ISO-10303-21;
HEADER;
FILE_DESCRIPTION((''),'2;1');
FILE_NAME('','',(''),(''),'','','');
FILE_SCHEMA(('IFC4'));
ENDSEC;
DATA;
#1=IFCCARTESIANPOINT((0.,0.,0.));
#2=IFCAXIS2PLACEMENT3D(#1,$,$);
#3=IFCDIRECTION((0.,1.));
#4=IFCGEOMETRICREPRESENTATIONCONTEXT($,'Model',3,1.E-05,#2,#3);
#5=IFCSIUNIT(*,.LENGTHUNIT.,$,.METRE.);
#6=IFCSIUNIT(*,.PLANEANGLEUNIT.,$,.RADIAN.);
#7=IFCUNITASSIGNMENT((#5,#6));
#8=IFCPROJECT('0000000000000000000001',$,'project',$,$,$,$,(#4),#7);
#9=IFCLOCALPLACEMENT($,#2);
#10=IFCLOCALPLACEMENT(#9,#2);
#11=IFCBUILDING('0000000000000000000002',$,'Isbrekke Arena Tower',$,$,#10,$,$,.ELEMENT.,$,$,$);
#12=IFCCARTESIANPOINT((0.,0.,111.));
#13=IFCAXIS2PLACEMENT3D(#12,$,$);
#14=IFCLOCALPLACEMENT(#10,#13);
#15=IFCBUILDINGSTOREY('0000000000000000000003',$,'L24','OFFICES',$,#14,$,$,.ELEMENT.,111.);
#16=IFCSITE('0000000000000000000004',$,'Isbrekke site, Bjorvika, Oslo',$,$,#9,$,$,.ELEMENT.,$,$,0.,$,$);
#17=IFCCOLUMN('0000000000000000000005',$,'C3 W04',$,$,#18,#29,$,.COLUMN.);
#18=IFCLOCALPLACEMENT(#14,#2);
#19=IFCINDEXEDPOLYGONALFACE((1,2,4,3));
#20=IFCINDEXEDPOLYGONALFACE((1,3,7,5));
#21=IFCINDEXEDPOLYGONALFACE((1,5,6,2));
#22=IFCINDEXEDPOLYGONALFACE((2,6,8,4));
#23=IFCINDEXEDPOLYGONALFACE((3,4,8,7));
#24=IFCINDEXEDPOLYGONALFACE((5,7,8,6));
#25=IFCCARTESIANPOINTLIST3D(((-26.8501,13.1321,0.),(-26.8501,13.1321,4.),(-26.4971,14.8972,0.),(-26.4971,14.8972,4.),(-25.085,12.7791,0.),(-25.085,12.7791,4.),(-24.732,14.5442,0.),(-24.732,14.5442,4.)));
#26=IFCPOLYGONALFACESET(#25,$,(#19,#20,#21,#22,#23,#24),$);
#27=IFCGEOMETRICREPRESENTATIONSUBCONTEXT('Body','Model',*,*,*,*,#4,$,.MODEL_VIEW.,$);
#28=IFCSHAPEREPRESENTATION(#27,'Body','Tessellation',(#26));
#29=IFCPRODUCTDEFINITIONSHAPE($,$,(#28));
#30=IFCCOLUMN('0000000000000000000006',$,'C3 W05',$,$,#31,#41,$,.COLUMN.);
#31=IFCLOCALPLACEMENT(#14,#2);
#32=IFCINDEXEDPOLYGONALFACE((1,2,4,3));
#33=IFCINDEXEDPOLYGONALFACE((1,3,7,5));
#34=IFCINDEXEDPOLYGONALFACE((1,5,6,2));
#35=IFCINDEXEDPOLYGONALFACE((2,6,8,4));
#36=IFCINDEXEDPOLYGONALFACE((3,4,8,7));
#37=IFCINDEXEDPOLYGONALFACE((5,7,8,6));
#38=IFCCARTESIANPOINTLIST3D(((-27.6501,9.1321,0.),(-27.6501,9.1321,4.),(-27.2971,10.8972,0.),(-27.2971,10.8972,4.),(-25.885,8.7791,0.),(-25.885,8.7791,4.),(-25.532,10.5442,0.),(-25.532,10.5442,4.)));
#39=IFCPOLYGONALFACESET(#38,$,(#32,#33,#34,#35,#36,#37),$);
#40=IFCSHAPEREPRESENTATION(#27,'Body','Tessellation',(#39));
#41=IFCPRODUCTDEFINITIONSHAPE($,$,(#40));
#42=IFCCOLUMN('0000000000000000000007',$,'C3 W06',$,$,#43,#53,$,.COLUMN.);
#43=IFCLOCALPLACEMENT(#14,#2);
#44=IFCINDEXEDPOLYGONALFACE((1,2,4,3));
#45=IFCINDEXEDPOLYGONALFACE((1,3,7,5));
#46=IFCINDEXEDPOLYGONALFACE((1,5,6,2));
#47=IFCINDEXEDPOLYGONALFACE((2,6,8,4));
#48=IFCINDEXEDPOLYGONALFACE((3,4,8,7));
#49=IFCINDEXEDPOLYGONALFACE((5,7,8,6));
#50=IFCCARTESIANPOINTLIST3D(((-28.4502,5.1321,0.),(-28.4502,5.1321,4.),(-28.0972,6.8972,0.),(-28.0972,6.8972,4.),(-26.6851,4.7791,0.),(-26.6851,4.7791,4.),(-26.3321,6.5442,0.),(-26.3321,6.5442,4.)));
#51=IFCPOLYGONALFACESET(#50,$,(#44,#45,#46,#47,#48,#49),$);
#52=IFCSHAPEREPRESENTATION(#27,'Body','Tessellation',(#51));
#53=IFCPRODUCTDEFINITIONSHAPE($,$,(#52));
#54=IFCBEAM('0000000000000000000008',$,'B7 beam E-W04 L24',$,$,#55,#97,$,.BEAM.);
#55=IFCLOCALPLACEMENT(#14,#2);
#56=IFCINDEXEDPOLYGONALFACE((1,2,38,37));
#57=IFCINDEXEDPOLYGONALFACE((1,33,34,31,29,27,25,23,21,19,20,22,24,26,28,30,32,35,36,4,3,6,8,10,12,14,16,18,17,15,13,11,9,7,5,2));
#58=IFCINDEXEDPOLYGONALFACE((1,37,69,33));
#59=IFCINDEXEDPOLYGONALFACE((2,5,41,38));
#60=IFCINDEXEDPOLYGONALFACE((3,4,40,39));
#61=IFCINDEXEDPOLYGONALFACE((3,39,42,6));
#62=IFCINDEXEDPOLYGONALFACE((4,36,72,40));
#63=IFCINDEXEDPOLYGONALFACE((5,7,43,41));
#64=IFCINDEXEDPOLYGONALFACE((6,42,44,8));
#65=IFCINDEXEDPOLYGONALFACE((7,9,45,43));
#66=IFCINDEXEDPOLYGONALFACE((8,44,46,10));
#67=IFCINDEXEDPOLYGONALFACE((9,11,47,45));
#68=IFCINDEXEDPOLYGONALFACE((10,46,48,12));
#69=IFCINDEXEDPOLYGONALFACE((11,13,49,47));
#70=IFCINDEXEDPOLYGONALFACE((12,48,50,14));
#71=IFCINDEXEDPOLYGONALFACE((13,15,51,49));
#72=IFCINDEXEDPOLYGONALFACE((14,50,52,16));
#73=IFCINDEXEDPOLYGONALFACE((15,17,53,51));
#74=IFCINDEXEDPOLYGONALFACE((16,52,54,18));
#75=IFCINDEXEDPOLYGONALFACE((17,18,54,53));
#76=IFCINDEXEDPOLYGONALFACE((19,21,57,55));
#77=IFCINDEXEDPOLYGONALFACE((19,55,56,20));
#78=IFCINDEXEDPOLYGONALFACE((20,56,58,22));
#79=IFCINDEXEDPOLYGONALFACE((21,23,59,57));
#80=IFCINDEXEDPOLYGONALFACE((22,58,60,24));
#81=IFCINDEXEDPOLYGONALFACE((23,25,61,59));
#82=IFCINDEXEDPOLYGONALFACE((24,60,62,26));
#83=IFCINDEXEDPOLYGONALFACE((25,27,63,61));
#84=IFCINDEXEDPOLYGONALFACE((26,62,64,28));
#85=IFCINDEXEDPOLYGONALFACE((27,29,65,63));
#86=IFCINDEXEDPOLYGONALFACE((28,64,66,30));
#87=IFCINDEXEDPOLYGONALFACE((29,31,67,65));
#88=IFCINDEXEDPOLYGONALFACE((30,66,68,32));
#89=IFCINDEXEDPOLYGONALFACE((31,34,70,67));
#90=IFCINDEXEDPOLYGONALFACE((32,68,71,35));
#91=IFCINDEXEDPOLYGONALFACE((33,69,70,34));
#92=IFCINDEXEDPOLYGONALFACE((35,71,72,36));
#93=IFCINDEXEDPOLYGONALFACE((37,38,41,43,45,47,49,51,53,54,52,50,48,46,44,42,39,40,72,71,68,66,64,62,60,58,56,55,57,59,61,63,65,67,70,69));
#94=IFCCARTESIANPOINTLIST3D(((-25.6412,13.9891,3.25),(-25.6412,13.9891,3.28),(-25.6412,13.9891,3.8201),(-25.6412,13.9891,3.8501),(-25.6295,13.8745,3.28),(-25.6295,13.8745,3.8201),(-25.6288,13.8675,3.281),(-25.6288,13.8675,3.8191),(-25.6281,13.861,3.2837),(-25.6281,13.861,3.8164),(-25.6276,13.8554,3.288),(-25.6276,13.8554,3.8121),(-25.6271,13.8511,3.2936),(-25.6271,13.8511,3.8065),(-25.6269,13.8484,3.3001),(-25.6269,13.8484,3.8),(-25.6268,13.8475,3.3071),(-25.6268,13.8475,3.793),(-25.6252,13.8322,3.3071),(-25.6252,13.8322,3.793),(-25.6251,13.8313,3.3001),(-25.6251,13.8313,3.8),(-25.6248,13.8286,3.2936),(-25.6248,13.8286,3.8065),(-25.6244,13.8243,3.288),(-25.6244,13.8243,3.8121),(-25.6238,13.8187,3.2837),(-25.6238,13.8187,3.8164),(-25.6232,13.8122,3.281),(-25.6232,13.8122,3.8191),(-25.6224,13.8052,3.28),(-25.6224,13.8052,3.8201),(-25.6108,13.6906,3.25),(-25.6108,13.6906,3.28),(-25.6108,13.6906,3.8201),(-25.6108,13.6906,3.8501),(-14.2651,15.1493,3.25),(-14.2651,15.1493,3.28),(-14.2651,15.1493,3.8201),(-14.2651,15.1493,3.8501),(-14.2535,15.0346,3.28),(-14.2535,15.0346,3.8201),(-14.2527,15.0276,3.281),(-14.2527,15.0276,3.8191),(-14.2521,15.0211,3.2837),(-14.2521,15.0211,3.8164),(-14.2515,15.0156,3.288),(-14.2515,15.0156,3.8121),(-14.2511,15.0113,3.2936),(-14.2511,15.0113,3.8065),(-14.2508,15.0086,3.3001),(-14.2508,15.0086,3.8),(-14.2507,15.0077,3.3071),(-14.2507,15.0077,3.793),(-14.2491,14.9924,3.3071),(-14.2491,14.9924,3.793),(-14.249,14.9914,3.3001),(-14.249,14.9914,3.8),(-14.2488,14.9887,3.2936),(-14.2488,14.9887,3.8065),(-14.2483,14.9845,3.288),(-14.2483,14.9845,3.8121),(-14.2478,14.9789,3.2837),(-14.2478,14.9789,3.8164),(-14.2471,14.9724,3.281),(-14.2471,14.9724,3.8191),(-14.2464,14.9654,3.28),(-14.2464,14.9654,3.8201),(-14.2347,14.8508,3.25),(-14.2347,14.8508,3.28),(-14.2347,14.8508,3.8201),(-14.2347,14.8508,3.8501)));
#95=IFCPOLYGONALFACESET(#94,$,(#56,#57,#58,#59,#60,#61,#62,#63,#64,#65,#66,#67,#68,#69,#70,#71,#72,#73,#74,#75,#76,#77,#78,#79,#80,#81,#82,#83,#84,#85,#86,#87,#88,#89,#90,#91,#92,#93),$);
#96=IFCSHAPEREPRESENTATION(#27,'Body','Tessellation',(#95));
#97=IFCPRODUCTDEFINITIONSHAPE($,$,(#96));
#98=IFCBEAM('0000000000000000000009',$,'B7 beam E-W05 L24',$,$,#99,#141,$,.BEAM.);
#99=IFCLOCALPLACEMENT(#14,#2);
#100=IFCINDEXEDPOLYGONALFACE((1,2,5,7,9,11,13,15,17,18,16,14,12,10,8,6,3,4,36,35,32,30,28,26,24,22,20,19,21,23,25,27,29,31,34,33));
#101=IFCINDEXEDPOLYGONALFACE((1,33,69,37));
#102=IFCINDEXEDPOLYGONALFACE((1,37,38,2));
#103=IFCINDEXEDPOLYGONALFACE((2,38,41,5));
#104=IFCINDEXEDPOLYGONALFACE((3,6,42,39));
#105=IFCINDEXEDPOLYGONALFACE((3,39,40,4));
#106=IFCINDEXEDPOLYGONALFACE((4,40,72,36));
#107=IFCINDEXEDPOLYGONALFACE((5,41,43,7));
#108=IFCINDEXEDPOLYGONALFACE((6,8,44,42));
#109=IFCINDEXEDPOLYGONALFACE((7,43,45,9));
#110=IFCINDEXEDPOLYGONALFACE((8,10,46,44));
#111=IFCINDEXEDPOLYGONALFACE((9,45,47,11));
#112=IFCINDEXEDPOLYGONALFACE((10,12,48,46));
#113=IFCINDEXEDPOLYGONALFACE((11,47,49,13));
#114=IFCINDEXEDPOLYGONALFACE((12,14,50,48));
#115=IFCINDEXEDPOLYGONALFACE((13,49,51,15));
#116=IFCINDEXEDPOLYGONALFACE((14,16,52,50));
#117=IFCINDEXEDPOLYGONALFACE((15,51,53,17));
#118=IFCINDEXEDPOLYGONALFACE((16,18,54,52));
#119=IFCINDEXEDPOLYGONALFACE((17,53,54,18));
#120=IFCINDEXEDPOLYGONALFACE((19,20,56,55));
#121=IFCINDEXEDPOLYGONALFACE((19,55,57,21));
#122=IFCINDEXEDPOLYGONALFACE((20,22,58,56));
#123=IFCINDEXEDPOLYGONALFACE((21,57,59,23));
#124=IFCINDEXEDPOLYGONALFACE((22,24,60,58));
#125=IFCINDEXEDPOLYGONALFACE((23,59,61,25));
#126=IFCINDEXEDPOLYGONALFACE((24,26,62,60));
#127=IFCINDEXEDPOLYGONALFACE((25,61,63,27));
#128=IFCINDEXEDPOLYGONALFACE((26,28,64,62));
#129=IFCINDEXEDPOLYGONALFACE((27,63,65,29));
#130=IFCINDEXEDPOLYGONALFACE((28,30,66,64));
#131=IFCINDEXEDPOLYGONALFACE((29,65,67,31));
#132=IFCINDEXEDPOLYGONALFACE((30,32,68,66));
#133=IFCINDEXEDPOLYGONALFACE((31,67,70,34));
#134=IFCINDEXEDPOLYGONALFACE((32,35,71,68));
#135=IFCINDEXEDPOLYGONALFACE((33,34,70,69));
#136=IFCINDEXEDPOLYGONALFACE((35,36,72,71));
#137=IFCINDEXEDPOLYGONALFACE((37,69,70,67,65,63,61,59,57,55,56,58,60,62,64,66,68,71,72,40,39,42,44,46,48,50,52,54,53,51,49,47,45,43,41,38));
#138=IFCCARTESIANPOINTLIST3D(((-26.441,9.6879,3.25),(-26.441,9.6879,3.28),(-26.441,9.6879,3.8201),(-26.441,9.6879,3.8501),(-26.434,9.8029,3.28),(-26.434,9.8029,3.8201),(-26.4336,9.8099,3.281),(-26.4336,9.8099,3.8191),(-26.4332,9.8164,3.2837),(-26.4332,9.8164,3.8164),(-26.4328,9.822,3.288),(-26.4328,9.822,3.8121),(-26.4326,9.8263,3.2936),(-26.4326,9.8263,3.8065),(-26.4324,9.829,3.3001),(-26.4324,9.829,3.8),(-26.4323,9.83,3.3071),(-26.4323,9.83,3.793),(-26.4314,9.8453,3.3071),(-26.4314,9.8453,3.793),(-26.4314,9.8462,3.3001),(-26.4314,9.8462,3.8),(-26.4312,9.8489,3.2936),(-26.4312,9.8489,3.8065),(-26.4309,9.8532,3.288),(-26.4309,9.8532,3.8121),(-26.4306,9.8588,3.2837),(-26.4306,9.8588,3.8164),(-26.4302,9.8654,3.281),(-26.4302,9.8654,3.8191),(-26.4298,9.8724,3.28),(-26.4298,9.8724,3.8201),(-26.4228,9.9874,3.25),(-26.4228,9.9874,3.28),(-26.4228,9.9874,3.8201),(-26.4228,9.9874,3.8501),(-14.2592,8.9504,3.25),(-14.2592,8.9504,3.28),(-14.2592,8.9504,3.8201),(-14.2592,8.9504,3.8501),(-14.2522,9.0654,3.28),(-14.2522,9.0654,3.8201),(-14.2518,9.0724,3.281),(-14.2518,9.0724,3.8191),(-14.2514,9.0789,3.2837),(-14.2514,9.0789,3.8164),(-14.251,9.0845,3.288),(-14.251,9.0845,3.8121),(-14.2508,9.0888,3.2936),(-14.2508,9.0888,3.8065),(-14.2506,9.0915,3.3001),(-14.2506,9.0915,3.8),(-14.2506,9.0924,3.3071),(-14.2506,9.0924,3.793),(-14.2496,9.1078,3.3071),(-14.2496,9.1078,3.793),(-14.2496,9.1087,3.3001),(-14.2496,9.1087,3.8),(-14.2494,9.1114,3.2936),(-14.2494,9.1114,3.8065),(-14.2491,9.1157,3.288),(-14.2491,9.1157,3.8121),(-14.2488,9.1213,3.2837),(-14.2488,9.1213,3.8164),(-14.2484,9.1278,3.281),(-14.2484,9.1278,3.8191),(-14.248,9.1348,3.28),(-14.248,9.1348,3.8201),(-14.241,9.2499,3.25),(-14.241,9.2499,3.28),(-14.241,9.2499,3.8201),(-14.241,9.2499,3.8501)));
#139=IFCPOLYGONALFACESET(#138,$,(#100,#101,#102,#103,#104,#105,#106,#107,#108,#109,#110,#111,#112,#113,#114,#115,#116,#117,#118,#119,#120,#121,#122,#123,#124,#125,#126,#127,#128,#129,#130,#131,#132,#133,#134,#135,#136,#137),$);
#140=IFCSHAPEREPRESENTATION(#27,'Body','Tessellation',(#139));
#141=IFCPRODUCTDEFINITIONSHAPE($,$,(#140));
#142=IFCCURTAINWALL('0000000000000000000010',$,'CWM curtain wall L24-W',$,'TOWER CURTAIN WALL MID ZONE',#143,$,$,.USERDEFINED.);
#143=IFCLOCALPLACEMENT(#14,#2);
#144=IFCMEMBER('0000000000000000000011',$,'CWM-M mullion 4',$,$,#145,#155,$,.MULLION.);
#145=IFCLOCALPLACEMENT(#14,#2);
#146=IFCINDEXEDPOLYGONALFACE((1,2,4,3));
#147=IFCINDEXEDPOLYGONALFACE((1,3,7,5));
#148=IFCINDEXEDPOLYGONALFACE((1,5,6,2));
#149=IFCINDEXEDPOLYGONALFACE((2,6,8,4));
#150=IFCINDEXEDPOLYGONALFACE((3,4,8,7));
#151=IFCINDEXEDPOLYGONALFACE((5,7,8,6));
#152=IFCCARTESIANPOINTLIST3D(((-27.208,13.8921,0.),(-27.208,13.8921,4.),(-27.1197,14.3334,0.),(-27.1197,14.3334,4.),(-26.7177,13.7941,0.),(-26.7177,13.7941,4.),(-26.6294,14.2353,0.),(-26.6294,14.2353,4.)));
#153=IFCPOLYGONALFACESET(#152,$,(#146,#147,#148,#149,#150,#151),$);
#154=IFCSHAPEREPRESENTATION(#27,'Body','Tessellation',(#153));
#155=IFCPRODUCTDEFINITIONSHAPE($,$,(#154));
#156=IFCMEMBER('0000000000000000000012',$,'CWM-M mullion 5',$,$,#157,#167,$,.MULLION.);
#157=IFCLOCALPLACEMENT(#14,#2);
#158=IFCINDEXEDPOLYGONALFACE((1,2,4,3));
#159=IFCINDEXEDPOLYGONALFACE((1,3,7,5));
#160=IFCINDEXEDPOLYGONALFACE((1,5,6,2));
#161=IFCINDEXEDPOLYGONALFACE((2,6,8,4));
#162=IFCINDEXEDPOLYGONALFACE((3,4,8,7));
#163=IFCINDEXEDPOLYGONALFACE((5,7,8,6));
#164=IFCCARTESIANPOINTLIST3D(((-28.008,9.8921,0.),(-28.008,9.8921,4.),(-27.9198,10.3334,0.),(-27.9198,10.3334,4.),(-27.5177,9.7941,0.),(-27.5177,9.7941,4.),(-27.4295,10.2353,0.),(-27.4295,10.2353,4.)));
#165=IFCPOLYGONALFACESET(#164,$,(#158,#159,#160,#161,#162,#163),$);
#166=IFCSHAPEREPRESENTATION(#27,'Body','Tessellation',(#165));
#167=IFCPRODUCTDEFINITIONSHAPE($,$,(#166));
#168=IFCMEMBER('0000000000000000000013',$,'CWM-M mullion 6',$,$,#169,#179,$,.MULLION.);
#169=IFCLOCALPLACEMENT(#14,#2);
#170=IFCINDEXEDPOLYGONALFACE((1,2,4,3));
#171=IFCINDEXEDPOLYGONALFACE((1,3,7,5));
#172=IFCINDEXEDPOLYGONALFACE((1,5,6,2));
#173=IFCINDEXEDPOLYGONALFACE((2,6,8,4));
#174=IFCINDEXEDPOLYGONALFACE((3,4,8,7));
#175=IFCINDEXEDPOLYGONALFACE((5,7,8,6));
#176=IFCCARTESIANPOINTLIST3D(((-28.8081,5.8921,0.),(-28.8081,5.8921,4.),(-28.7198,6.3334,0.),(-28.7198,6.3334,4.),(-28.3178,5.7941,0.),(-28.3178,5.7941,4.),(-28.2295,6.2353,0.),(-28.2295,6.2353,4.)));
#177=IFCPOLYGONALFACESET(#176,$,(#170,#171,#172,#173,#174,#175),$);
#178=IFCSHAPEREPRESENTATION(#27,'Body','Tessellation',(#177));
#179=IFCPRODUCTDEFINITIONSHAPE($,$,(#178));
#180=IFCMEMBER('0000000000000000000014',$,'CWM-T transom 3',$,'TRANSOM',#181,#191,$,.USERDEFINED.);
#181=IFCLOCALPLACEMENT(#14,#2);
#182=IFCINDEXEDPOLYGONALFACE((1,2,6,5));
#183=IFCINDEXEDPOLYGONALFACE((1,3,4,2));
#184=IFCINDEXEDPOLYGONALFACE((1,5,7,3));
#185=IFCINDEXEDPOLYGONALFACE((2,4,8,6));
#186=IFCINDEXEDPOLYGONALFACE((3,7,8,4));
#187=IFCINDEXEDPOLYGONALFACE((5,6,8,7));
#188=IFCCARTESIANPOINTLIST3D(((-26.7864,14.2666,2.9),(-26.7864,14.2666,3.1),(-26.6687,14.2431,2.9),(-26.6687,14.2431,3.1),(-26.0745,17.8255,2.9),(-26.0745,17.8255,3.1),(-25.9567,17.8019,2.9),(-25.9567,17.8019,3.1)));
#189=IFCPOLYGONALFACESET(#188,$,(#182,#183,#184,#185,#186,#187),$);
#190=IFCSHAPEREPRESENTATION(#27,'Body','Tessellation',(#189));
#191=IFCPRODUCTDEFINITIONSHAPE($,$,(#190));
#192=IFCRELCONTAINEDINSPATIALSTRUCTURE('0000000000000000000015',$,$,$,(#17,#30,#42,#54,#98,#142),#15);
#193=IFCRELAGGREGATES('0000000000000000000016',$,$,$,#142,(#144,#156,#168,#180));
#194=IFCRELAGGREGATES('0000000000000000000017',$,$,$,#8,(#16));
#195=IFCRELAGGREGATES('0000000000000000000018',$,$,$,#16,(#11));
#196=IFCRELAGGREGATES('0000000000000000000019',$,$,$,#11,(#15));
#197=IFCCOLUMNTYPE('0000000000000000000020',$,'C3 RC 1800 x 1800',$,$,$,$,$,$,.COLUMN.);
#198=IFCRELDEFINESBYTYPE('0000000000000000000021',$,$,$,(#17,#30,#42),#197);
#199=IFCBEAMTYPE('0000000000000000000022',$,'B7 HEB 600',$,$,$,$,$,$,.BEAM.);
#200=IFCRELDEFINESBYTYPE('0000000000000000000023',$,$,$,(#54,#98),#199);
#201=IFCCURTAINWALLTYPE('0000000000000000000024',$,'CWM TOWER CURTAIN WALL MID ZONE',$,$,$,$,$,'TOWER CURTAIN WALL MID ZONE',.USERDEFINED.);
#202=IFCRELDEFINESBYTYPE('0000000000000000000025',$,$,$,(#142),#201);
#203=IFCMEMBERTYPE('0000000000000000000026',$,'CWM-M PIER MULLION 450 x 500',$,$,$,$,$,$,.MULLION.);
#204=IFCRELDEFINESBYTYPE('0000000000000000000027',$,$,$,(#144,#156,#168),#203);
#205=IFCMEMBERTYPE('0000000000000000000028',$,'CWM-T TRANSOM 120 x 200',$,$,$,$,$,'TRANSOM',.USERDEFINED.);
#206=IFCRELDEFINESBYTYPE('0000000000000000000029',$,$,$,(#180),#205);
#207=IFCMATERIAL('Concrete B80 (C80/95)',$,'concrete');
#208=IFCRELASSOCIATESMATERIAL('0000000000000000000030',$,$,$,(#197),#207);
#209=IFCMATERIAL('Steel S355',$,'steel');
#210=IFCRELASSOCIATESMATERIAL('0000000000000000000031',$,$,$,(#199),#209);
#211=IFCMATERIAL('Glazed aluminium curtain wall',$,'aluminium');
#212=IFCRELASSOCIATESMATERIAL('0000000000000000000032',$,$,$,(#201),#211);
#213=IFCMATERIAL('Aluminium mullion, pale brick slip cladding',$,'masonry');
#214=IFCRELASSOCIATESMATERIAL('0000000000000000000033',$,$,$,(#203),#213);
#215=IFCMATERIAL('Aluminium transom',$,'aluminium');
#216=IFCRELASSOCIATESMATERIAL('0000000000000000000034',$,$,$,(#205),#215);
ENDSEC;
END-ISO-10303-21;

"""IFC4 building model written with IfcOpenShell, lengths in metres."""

from ifc_helpers import new_model, si_unit, direction, frame, origin, origin_2d, place, context, subcontext, project, spatial, rectangle, i_section, extrude, material, material_profile, profile_set, type_object, element, aggregate, save


model = new_model("IFC4")

# Units and contexts
model_context = context("Model", 3, precision=1e-05, world=origin(), true_north=direction((0.0, 1.0)))
body_context = subcontext(model_context, "Body", "Model", "MODEL_VIEW")
ifc_project = project(units=[si_unit("LENGTHUNIT", "METRE"), si_unit("PLANEANGLEUNIT", "RADIAN")], contexts=[model_context])

# Site, building, storey
site_placement = place(None, origin())
site = spatial("IfcSite", under=ifc_project, at=site_placement, Name="Isbrekke site, Bjorvika, Oslo", CompositionType="ELEMENT", RefElevation=0.0)
building_placement = place(site_placement, origin())
building = spatial("IfcBuilding", under=site, at=building_placement, Name="Isbrekke Arena Tower", CompositionType="ELEMENT")
storey_placement = place(building_placement, frame((0.0, 0.0, 111.0)))
storey = spatial("IfcBuildingStorey", under=building, at=storey_placement, Name="L24", Description="OFFICES", CompositionType="ELEMENT", Elevation=111.0)

# Columns
ifc_material_1 = material(Name="Concrete B80 (C80/95)", Category="concrete")
ifc_material_profile_1 = material_profile(ifc_material_1, rectangle(XDim=1.8, YDim=1.8, at=origin_2d()), Name="RC 1800x1800")
ifc_profile_set_1 = profile_set([ifc_material_profile_1], Name="Concrete B80 (C80/95)")
column_type = type_object("IfcColumnType", Name="C3 RC 1800 x 1800", PredefinedType="COLUMN", material=ifc_profile_set_1)
for number, where, z_axis, x_axis, name in (
    (1, (-25.791, 13.8381, 0.0), (0.0, 0.0, 1.0), (-0.196116, -0.980581, 0.0), "C3 W04"),
    (2, (-26.5911, 9.8381, 0.0), (0.0, 0.0, 1.0), (-0.196116, -0.980581, 0.0), "C3 W05"),
    (3, (-27.3911, 5.8381, 0.0), (0.0, 0.0, 1.0), (-0.196116, -0.980581, 0.0), "C3 W06"),
):
    element("IfcColumn", number, at=place(storey_placement, frame(where, z_axis=z_axis, x_axis=x_axis)), inside=storey, type_object=column_type, Name=name, PredefinedType="COLUMN", context=body_context, shape_type="SweptSolid", body=[
        extrude(rectangle(XDim=1.8, YDim=1.8, at=origin_2d()), origin(), (0.0, 0.0, 1.0), 4.0),
    ])

# Beams
ifc_material_2 = material(Name="Steel S355", Category="steel")
ifc_material_profile_2 = material_profile(ifc_material_2, i_section(OverallWidth=0.3, OverallDepth=0.6001, WebThickness=0.0154, FlangeThickness=0.03, FilletRadius=0.0271, at=origin_2d()), Name="HEB 600")
ifc_profile_set_2 = profile_set([ifc_material_profile_2], Name="Steel S355")
beam_type_1 = type_object("IfcBeamType", Name="B7 HEB 600", PredefinedType="BEAM", material=ifc_profile_set_2)
beam_1_placement = place(storey_placement, frame((-25.626, 13.8398, 3.55), z_axis=(0.99484, 0.101457, 0.0), x_axis=(-0.101457, 0.99484, 0.0)))
element("IfcBeam", 4, at=beam_1_placement, inside=storey, type_object=beam_type_1, Name="B7 beam E-W04 L24", PredefinedType="BEAM", context=body_context, shape_type="SweptSolid", body=[
    extrude(i_section(OverallWidth=0.3, OverallDepth=0.6001, WebThickness=0.0154, FlangeThickness=0.03, FilletRadius=0.0271, at=origin_2d()), origin(), (0.0, 0.0, 1.0), 11.4351),
])
beam_2_placement = place(storey_placement, frame((-26.4319, 9.8376, 3.55), z_axis=(0.998172, -0.060434, 0.0), x_axis=(0.060434, 0.998172, 0.0)))
element("IfcBeam", 5, at=beam_2_placement, inside=storey, type_object=beam_type_1, Name="B7 beam E-W05 L24", PredefinedType="BEAM", context=body_context, shape_type="SweptSolid", body=[
    extrude(i_section(OverallWidth=0.3, OverallDepth=0.6001, WebThickness=0.0154, FlangeThickness=0.03, FilletRadius=0.0271, at=origin_2d()), origin(), (0.0, 0.0, 1.0), 12.2041),
])

# Curtain wall, members
ifc_material_3 = material(Name="Glazed aluminium curtain wall", Category="aluminium")
curtain_wall_type = type_object("IfcCurtainWallType", Name="CWM TOWER CURTAIN WALL MID ZONE", ElementType="TOWER CURTAIN WALL MID ZONE", PredefinedType="USERDEFINED", material=ifc_material_3)
curtain_wall_placement = place(storey_placement, origin())
curtain_wall = element("IfcCurtainWall", 6, at=curtain_wall_placement, inside=storey, type_object=curtain_wall_type, Name="CWM curtain wall L24-W", ObjectType="TOWER CURTAIN WALL MID ZONE", PredefinedType="USERDEFINED")
ifc_material_4 = material(Name="Aluminium mullion, pale brick slip cladding", Category="masonry")
ifc_material_profile_3 = material_profile(ifc_material_4, rectangle(XDim=0.45, YDim=0.5, at=origin_2d()), Name="PIER 450X500")
ifc_profile_set_3 = profile_set([ifc_material_profile_3], Name="Aluminium mullion, pale brick slip cladding")
member_type_1 = type_object("IfcMemberType", Name="CWM-M PIER MULLION 450 x 500", PredefinedType="MULLION", material=ifc_profile_set_3)
member_1_placement = place(storey_placement, frame((-26.9187, 14.0637, 0.0), z_axis=(0.0, 0.0, 1.0), x_axis=(-0.196116, -0.980581, 0.0)))
member_1 = element("IfcMember", 7, at=member_1_placement, type_object=member_type_1, Name="CWM-M mullion 4", PredefinedType="MULLION", context=body_context, shape_type="SweptSolid", body=[
    extrude(rectangle(XDim=0.45, YDim=0.5, at=origin_2d()), origin(), (0.0, 0.0, 1.0), 4.0),
])
member_2_placement = place(storey_placement, frame((-27.7188, 10.0637, 0.0), z_axis=(0.0, 0.0, 1.0), x_axis=(-0.196116, -0.980581, 0.0)))
member_2 = element("IfcMember", 8, at=member_2_placement, type_object=member_type_1, Name="CWM-M mullion 5", PredefinedType="MULLION", context=body_context, shape_type="SweptSolid", body=[
    extrude(rectangle(XDim=0.45, YDim=0.5, at=origin_2d()), origin(), (0.0, 0.0, 1.0), 4.0),
])
member_3_placement = place(storey_placement, frame((-28.5188, 6.0637, 0.0), z_axis=(0.0, 0.0, 1.0), x_axis=(-0.196116, -0.980581, 0.0)))
member_3 = element("IfcMember", 9, at=member_3_placement, type_object=member_type_1, Name="CWM-M mullion 6", PredefinedType="MULLION", context=body_context, shape_type="SweptSolid", body=[
    extrude(rectangle(XDim=0.45, YDim=0.5, at=origin_2d()), origin(), (0.0, 0.0, 1.0), 4.0),
])
ifc_material_5 = material(Name="Aluminium transom", Category="aluminium")
ifc_material_profile_4 = material_profile(ifc_material_5, rectangle(XDim=0.1201, YDim=0.2, at=origin_2d()), Name="TRANSOM 120X200")
ifc_profile_set_4 = profile_set([ifc_material_profile_4], Name="Aluminium transom")
member_type_2 = type_object("IfcMemberType", Name="CWM-T TRANSOM 120 x 200", ElementType="TRANSOM", PredefinedType="USERDEFINED", material=ifc_profile_set_4)
member_4_placement = place(storey_placement, frame((-26.0156, 17.8137, 3.0), z_axis=(-0.196155, -0.980573, 0.0), x_axis=(0.980573, -0.196155, 0.0)))
member_4 = element("IfcMember", 10, at=member_4_placement, type_object=member_type_2, Name="CWM-T transom 3", ObjectType="TRANSOM", PredefinedType="USERDEFINED", context=body_context, shape_type="SweptSolid", body=[
    extrude(rectangle(XDim=0.1201, YDim=0.2, at=origin_2d()), origin(), (0.0, 0.0, 1.0), 3.6294),
])

aggregate(curtain_wall, [member_1, member_2, member_3, member_4])

save(model, "model.ifc")
